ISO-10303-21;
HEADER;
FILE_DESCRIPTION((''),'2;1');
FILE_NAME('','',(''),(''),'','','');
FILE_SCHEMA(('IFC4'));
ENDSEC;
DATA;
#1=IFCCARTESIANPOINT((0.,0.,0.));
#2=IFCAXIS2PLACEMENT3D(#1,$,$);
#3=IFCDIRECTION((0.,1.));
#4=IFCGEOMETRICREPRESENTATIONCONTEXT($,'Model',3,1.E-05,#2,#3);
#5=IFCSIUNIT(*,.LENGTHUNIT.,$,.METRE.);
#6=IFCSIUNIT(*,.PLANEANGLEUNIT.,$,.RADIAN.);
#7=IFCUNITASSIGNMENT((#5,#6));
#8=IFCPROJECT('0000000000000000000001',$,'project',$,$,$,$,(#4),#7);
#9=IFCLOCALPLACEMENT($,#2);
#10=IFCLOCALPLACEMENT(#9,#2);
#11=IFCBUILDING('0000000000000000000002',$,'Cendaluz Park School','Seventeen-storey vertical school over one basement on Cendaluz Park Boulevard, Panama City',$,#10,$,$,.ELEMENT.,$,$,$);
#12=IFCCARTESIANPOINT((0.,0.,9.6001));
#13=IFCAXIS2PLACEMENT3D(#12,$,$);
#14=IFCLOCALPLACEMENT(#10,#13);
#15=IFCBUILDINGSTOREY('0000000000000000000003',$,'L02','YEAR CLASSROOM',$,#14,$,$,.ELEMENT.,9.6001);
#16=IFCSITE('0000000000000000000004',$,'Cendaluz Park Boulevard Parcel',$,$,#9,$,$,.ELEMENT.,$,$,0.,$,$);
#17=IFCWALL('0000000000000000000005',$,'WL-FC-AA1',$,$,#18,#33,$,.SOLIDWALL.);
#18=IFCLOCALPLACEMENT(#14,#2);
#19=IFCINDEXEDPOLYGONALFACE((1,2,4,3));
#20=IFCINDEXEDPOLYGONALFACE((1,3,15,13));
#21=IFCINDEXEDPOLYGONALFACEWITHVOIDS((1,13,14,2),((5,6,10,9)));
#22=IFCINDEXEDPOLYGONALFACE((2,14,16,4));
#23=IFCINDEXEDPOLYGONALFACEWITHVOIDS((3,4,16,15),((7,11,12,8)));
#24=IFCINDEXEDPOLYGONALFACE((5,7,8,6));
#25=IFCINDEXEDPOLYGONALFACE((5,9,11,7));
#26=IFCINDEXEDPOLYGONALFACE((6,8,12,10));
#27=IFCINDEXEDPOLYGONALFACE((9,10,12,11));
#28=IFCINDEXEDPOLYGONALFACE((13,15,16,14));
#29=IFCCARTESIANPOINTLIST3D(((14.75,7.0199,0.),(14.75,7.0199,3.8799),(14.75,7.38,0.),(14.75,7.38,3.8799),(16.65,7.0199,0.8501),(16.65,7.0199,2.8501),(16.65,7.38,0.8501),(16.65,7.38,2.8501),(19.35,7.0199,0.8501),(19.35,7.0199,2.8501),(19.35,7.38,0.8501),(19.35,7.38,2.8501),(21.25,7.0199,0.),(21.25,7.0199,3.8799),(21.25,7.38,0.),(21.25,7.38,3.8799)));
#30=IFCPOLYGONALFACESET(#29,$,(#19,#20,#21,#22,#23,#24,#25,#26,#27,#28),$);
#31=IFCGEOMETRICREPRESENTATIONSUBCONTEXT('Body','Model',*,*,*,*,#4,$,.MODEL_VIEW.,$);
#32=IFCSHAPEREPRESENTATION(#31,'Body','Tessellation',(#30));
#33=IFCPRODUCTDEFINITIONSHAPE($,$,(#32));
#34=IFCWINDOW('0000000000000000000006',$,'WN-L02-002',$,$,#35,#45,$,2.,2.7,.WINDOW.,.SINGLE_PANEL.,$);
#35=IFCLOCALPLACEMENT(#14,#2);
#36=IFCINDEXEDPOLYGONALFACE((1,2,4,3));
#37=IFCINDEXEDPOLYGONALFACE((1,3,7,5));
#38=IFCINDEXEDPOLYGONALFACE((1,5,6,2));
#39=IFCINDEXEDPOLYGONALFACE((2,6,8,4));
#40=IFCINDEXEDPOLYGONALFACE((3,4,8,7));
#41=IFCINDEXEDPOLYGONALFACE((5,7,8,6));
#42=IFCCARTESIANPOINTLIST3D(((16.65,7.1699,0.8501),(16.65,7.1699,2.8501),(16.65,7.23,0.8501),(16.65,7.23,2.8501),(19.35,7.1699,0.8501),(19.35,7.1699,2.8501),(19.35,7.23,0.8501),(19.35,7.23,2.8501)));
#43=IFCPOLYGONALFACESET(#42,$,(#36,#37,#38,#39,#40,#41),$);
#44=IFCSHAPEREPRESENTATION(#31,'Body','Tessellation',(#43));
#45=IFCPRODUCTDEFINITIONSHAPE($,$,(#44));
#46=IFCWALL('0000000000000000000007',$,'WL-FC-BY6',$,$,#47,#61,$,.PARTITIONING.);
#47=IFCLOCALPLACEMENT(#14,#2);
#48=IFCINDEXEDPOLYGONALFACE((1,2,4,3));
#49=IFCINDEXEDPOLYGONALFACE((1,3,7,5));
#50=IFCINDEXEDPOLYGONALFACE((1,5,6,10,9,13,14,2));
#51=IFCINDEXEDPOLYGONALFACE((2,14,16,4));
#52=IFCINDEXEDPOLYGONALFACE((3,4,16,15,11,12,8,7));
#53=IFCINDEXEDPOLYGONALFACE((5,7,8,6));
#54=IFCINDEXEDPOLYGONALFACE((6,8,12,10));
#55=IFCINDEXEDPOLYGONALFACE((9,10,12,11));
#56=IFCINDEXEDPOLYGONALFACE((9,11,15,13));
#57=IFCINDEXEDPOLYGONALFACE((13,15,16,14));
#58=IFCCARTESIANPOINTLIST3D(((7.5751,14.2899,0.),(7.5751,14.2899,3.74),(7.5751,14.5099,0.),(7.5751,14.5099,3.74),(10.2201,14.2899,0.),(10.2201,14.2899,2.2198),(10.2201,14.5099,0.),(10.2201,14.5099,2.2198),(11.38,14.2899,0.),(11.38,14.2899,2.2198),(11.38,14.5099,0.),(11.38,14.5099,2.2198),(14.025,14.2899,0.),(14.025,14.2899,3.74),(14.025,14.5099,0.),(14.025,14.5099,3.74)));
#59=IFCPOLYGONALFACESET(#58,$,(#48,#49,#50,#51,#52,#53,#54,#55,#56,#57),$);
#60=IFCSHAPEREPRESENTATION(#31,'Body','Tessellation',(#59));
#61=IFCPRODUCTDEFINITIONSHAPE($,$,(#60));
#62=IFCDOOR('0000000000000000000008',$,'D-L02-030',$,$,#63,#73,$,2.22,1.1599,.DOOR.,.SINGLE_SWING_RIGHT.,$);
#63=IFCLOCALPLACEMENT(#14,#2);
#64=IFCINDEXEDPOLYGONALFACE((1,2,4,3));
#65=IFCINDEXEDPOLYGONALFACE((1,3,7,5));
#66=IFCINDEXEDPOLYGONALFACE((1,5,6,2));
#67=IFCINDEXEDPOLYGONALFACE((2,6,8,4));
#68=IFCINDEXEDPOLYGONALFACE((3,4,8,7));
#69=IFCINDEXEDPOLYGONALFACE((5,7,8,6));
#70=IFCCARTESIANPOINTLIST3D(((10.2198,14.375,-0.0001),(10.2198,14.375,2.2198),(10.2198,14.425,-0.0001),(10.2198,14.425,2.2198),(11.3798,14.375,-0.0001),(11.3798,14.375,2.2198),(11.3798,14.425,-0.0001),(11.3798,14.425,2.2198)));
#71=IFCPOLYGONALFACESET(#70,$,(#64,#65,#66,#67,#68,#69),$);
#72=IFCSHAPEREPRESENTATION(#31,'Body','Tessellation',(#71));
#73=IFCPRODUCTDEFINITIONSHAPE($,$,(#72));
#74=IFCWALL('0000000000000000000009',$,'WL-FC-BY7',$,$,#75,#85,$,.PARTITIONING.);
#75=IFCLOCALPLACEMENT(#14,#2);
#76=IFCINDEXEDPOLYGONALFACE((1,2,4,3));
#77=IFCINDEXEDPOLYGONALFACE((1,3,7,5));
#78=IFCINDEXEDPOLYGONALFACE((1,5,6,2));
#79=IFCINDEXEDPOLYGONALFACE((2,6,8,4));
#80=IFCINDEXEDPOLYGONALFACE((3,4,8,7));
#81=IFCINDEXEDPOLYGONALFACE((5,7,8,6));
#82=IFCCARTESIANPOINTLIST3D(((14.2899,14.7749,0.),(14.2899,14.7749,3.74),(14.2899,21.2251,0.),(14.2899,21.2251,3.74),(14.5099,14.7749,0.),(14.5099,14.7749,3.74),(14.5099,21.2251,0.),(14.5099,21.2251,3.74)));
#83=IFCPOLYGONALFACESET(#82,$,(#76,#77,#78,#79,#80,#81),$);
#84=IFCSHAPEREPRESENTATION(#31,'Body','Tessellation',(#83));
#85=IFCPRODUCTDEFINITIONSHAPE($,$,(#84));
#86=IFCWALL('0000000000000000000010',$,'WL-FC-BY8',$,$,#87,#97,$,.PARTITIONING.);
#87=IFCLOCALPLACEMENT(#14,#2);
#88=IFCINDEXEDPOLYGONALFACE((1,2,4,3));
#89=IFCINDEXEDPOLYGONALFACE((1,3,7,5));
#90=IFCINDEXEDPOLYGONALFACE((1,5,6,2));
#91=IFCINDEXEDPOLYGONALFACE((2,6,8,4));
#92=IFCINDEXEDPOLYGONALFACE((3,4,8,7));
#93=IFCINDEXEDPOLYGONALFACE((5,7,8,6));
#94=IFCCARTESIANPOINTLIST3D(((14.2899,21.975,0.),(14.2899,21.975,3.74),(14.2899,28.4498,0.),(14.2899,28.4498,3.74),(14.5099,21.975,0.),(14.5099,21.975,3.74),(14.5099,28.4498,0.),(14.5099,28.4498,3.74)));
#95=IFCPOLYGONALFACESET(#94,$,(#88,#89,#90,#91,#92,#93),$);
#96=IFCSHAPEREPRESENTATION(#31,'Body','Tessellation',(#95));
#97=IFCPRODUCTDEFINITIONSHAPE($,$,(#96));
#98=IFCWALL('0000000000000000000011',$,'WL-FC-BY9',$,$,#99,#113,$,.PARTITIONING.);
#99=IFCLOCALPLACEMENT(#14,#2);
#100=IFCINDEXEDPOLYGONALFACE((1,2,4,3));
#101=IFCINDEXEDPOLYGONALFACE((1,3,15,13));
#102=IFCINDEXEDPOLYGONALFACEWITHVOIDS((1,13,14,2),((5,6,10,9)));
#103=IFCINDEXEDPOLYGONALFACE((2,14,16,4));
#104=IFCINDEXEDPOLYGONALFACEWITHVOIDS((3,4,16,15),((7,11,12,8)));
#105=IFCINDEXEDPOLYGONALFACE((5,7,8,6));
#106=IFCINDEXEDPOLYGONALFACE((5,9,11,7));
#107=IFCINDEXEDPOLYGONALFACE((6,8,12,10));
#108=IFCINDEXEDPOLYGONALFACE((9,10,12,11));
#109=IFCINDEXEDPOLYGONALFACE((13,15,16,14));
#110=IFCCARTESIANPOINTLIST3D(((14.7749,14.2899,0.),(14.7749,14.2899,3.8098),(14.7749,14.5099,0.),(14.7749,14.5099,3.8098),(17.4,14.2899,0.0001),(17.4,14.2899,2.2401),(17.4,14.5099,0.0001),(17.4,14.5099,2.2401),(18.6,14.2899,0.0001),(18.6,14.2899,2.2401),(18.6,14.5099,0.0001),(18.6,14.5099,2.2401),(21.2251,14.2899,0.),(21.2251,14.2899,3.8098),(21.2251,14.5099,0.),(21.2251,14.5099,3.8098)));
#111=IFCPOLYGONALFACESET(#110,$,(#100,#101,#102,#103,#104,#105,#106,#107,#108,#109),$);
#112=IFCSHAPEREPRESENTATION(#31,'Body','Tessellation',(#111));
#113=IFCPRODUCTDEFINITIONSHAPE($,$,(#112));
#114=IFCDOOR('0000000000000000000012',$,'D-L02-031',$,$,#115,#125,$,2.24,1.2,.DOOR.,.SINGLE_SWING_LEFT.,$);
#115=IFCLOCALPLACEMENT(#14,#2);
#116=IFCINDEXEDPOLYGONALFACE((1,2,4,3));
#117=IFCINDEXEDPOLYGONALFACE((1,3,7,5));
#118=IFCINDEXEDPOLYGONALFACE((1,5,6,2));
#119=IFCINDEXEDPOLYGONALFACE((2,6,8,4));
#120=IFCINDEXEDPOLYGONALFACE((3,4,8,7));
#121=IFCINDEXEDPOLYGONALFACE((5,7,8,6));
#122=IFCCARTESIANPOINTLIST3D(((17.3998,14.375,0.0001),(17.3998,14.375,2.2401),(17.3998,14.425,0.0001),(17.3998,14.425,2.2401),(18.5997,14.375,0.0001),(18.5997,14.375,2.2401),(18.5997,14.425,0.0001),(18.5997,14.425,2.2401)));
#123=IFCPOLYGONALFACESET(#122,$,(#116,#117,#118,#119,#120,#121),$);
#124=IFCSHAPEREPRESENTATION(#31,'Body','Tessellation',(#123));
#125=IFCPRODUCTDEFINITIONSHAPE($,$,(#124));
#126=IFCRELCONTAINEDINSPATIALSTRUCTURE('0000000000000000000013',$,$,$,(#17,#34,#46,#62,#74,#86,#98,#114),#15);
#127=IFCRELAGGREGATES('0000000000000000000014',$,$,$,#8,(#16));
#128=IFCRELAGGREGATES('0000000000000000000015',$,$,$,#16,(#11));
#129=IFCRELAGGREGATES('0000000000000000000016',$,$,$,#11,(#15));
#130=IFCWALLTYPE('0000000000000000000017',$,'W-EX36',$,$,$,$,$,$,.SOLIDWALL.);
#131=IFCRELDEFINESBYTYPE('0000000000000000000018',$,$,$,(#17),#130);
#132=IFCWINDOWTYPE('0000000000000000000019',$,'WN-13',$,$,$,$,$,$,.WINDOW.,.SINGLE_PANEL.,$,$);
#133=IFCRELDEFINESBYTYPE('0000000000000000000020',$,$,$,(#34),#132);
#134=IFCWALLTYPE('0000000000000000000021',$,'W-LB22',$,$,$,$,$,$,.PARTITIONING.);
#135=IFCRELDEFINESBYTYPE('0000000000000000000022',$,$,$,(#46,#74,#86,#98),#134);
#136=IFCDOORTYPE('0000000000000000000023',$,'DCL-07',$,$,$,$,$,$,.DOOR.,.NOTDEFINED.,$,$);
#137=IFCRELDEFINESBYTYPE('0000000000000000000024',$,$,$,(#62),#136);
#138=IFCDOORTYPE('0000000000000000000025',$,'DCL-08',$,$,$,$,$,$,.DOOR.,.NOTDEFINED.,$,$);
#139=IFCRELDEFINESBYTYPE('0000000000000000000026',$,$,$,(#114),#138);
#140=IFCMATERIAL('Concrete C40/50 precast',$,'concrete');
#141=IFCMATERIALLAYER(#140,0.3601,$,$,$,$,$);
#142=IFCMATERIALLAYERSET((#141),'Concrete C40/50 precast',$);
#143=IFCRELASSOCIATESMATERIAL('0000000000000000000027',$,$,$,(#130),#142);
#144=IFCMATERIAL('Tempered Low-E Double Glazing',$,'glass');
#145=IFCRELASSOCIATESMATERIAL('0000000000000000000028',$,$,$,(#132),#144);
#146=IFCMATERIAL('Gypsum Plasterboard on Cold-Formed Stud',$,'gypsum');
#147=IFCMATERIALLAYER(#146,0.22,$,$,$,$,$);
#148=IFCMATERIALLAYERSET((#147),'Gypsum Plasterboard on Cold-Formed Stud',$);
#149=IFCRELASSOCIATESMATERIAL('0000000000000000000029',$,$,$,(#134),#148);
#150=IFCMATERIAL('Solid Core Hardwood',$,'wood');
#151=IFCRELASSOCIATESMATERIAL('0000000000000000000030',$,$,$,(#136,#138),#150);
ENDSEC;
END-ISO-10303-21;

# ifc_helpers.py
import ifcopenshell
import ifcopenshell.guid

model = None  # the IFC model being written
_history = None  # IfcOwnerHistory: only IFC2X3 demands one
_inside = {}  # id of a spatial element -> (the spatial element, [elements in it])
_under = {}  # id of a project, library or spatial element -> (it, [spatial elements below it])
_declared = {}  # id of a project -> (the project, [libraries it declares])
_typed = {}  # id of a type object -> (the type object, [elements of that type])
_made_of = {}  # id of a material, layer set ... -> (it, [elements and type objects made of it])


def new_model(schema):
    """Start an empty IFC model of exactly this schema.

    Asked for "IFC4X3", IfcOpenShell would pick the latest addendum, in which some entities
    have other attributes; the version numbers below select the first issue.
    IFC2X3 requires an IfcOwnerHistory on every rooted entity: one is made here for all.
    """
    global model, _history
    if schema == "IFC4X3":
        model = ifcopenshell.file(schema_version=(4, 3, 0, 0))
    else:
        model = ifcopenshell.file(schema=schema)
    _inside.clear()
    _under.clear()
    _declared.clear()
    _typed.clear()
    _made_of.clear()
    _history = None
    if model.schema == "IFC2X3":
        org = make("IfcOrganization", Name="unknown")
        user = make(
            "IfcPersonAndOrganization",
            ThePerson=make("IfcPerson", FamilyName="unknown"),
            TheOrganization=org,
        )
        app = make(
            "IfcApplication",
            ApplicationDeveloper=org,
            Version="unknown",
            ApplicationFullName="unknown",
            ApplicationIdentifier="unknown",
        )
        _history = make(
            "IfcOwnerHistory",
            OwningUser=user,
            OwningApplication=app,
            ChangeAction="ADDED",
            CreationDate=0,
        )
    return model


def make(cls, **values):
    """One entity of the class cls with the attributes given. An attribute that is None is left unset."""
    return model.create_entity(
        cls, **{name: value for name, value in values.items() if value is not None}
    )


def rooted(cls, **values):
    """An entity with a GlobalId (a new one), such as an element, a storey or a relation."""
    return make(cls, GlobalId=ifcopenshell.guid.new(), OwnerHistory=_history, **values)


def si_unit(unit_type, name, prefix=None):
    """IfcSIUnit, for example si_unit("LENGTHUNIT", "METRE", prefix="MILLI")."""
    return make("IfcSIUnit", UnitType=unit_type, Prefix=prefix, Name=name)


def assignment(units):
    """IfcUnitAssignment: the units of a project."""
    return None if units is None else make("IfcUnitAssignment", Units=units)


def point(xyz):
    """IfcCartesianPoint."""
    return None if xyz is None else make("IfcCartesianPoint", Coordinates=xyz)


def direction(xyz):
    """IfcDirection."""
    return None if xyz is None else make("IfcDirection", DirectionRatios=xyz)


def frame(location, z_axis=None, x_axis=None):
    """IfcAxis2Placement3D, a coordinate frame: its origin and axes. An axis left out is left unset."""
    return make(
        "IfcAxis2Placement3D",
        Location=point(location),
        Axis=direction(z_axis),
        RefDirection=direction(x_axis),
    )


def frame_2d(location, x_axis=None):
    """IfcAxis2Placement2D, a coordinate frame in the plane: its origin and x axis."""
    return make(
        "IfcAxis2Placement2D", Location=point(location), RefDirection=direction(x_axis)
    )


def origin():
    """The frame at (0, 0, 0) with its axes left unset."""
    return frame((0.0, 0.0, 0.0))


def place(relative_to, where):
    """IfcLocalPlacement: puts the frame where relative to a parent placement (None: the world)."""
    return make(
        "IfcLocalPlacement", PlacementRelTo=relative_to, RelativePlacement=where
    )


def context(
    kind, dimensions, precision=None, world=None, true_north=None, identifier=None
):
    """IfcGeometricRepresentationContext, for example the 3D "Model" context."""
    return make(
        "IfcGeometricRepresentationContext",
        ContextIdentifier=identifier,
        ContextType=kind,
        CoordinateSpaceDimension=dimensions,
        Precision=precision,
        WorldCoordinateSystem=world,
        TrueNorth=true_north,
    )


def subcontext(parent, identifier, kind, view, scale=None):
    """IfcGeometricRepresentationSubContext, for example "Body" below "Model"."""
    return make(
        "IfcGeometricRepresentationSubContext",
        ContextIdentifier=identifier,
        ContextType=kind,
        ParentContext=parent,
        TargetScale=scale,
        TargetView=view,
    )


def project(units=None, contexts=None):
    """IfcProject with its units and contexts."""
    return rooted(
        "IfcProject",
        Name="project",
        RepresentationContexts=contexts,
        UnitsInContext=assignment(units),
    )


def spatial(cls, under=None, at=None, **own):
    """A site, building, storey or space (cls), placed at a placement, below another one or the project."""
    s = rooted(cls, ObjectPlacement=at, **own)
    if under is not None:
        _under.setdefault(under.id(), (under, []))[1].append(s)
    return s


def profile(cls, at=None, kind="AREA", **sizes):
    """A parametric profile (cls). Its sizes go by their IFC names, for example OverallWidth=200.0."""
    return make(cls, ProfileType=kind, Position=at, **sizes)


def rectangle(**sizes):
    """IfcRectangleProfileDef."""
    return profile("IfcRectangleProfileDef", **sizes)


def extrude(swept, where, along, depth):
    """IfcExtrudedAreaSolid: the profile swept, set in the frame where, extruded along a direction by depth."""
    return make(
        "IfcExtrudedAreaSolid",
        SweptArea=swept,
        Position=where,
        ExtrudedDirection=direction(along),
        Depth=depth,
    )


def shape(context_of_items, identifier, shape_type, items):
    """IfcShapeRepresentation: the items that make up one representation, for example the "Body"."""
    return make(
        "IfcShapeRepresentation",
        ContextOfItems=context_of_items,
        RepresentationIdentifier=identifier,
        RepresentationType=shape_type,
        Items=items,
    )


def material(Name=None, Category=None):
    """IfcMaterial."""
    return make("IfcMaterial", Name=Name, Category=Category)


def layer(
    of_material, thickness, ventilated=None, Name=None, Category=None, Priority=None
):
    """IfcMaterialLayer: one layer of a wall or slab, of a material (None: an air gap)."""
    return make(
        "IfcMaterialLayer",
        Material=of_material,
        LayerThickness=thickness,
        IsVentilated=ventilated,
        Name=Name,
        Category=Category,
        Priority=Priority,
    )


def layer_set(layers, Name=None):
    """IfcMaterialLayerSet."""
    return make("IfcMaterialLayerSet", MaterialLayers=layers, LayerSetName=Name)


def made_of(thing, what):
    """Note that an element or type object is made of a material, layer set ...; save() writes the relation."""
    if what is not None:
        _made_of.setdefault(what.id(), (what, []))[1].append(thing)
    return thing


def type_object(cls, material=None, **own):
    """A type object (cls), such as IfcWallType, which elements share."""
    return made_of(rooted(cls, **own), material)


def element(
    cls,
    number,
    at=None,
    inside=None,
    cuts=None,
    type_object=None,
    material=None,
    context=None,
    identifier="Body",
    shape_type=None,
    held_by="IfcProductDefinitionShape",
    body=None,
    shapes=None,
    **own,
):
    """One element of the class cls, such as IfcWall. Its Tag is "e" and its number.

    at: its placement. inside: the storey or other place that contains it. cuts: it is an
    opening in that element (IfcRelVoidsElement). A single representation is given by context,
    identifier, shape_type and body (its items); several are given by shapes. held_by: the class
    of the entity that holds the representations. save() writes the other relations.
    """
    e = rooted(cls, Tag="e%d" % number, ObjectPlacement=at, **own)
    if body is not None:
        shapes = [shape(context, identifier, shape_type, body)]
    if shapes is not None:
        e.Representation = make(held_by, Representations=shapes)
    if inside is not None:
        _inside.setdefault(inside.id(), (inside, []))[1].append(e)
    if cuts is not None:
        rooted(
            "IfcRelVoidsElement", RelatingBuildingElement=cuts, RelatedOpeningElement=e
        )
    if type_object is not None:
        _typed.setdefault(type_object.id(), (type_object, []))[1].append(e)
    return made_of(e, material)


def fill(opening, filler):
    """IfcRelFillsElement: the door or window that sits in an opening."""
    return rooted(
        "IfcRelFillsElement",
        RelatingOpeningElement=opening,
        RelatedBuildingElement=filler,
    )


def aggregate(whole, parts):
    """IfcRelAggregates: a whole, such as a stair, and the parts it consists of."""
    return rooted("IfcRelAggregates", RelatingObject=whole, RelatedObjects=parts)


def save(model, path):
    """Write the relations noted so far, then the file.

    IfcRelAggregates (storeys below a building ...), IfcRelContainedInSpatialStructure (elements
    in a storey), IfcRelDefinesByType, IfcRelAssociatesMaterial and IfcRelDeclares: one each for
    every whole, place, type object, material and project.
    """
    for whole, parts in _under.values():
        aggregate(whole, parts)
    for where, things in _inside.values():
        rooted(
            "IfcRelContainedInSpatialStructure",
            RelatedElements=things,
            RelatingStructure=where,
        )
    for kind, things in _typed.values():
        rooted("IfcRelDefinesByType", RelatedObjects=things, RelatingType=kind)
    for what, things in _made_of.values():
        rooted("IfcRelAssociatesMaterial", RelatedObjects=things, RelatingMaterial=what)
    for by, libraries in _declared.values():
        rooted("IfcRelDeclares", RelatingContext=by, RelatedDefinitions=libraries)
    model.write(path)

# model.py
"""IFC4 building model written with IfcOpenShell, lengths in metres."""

from ifc_helpers import new_model, si_unit, direction, frame, frame_2d, origin, place, context, subcontext, project, spatial, rectangle, extrude, material, layer, layer_set, type_object, element, fill, save


model = new_model("IFC4")

# Units and contexts
model_context = context("Model", 3, precision=1e-05, world=origin(), true_north=direction((0.0, 1.0)))
body_context = subcontext(model_context, "Body", "Model", "MODEL_VIEW")
ifc_project = project(units=[si_unit("LENGTHUNIT", "METRE"), si_unit("PLANEANGLEUNIT", "RADIAN")], contexts=[model_context])

# Site, building, storey
site_placement = place(None, origin())
site = spatial("IfcSite", under=ifc_project, at=site_placement, Name="Cendaluz Park Boulevard Parcel", CompositionType="ELEMENT", RefElevation=0.0)
building_placement = place(site_placement, origin())
building = spatial("IfcBuilding", under=site, at=building_placement, Name="Cendaluz Park School", Description="Seventeen-storey vertical school over one basement on Cendaluz Park Boulevard, Panama City", CompositionType="ELEMENT")
storey_placement = place(building_placement, frame((0.0, 0.0, 9.6001)))
storey = spatial("IfcBuildingStorey", under=building, at=storey_placement, Name="L02", Description="YEAR CLASSROOM", CompositionType="ELEMENT", Elevation=9.6001)

# Wall, opening, window
ifc_material_1 = material(Name="Concrete C40/50 precast", Category="concrete")
ifc_layer_1 = layer(ifc_material_1, 0.3601)
ifc_layer_set_1 = layer_set([ifc_layer_1], Name="Concrete C40/50 precast")
wall_type_1 = type_object("IfcWallType", Name="W-EX36", PredefinedType="SOLIDWALL", material=ifc_layer_set_1)
wall_1_placement = place(storey_placement, frame((14.75, 7.2, 0.0), z_axis=(0.0, 0.0, 1.0), x_axis=(1.0, 0.0, 0.0)))
wall_1 = element("IfcWall", 1, at=wall_1_placement, inside=storey, type_object=wall_type_1, Name="WL-FC-AA1", PredefinedType="SOLIDWALL", context=body_context, shape_type="SweptSolid", body=[
    extrude(rectangle(XDim=6.5, YDim=0.3601, at=frame_2d((3.25, 0.0))), origin(), (0.0, 0.0, 1.0), 3.8799),
])
opening_1_placement = place(wall_1_placement, frame((1.8999, 0.0, 0.8501)))
opening_1 = element("IfcOpeningElement", 2, at=opening_1_placement, cuts=wall_1, PredefinedType="OPENING", context=body_context, shape_type="SweptSolid", body=[
    extrude(rectangle(XDim=2.7, YDim=2.0, at=frame_2d((1.3501, 1.0))), frame((0.0, 0.1921, 0.0), z_axis=(0.0, -1.0, 0.0), x_axis=(1.0, 0.0, 0.0)), (0.0, 0.0, 1.0), 0.384),
])
ifc_material_2 = material(Name="Tempered Low-E Double Glazing", Category="glass")
window_type = type_object("IfcWindowType", Name="WN-13", PartitioningType="SINGLE_PANEL", PredefinedType="WINDOW", material=ifc_material_2)
window_placement = place(opening_1_placement, origin())
window = element("IfcWindow", 3, at=window_placement, inside=storey, type_object=window_type, Name="WN-L02-002", OverallHeight=2.0, OverallWidth=2.7, PartitioningType="SINGLE_PANEL", PredefinedType="WINDOW", context=body_context, shape_type="SweptSolid", body=[
    extrude(rectangle(XDim=2.7, YDim=2.0, at=frame_2d((1.3501, 1.0))), frame((0.0, 0.03, 0.0), z_axis=(0.0, -1.0, 0.0), x_axis=(1.0, 0.0, 0.0)), (0.0, 0.0, 1.0), 0.0601),
])
fill(opening_1, window)

# Wall, opening, door
ifc_material_3 = material(Name="Gypsum Plasterboard on Cold-Formed Stud", Category="gypsum")
ifc_layer_2 = layer(ifc_material_3, 0.22)
ifc_layer_set_2 = layer_set([ifc_layer_2], Name="Gypsum Plasterboard on Cold-Formed Stud")
wall_type_2 = type_object("IfcWallType", Name="W-LB22", PredefinedType="PARTITIONING", material=ifc_layer_set_2)
wall_2_placement = place(storey_placement, frame((7.575, 14.3999, 0.0), z_axis=(0.0, 0.0, 1.0), x_axis=(1.0, 0.0, 0.0)))
wall_2 = element("IfcWall", 4, at=wall_2_placement, inside=storey, type_object=wall_type_2, Name="WL-FC-BY6", PredefinedType="PARTITIONING", context=body_context, shape_type="SweptSolid", body=[
    extrude(rectangle(XDim=6.45, YDim=0.22, at=frame_2d((3.2251, 0.0))), origin(), (0.0, 0.0, 1.0), 3.74),
])
opening_2_placement = place(wall_2_placement, frame((2.645, 0.0, 0.0)))
opening_2 = element("IfcOpeningElement", 5, at=opening_2_placement, cuts=wall_2, PredefinedType="OPENING", context=body_context, shape_type="SweptSolid", body=[
    extrude(rectangle(XDim=1.1599, YDim=2.22, at=frame_2d((0.5801, 1.1099))), frame((0.0, 0.1221, 0.0), z_axis=(0.0, -1.0, 0.0), x_axis=(1.0, 0.0, 0.0)), (0.0, 0.0, 1.0), 0.2439),
])
ifc_material_4 = material(Name="Solid Core Hardwood", Category="wood")
door_type_1 = type_object("IfcDoorType", Name="DCL-07", OperationType="NOTDEFINED", PredefinedType="DOOR", material=ifc_material_4)
door_1_placement = place(opening_2_placement, frame((1.1599, 0.0, 0.0), z_axis=(0.0, 0.0, 1.0), x_axis=(-1.0, 0.0, 0.0)))
door_1 = element("IfcDoor", 6, at=door_1_placement, inside=storey, type_object=door_type_1, Name="D-L02-030", OperationType="SINGLE_SWING_RIGHT", OverallHeight=2.22, OverallWidth=1.1599, PredefinedType="DOOR", context=body_context, shape_type="SweptSolid", body=[
    extrude(rectangle(XDim=1.1599, YDim=2.22, at=frame_2d((0.5801, 1.1099))), frame((0.0, 0.0249, 0.0), z_axis=(0.0, -1.0, 0.0), x_axis=(1.0, 0.0, 0.0)), (0.0, 0.0, 1.0), 0.05),
])
fill(opening_2, door_1)

# Walls
wall_3_placement = place(storey_placement, frame((14.3999, 14.7749, 0.0), z_axis=(0.0, 0.0, 1.0), x_axis=(0.0, 1.0, 0.0)))
element("IfcWall", 7, at=wall_3_placement, inside=storey, type_object=wall_type_2, Name="WL-FC-BY7", PredefinedType="PARTITIONING", context=body_context, shape_type="SweptSolid", body=[
    extrude(rectangle(XDim=6.4502, YDim=0.22, at=frame_2d((3.2251, 0.0))), origin(), (0.0, 0.0, 1.0), 3.74),
])
wall_4_placement = place(storey_placement, frame((14.3999, 21.9751, 0.0), z_axis=(0.0, 0.0, 1.0), x_axis=(0.0, 1.0, 0.0)))
element("IfcWall", 8, at=wall_4_placement, inside=storey, type_object=wall_type_2, Name="WL-FC-BY8", PredefinedType="PARTITIONING", context=body_context, shape_type="SweptSolid", body=[
    extrude(rectangle(XDim=6.4749, YDim=0.22, at=frame_2d((3.2373, 0.0))), origin(), (0.0, 0.0, 1.0), 3.74),
])

# Wall, opening, door
wall_5_placement = place(storey_placement, frame((14.7749, 14.3999, 0.0), z_axis=(0.0, 0.0, 1.0), x_axis=(1.0, 0.0, 0.0)))
wall_5 = element("IfcWall", 9, at=wall_5_placement, inside=storey, type_object=wall_type_2, Name="WL-FC-BY9", PredefinedType="PARTITIONING", context=body_context, shape_type="SweptSolid", body=[
    extrude(rectangle(XDim=6.4502, YDim=0.22, at=frame_2d((3.2251, 0.0))), origin(), (0.0, 0.0, 1.0), 3.8098),
])
opening_3_placement = place(wall_5_placement, frame((2.625, 0.0, 0.0)))
opening_3 = element("IfcOpeningElement", 10, at=opening_3_placement, cuts=wall_5, PredefinedType="OPENING", context=body_context, shape_type="SweptSolid", body=[
    extrude(rectangle(XDim=1.2, YDim=2.24, at=frame_2d((0.6001, 1.1201))), frame((0.0, 0.1221, 0.0), z_axis=(0.0, -1.0, 0.0), x_axis=(1.0, 0.0, 0.0)), (0.0, 0.0, 1.0), 0.2439),
])
door_type_2 = type_object("IfcDoorType", Name="DCL-08", OperationType="NOTDEFINED", PredefinedType="DOOR", material=ifc_material_4)
door_2_placement = place(opening_3_placement, frame((1.2, 0.0, 0.0), z_axis=(0.0, 0.0, 1.0), x_axis=(-1.0, 0.0, 0.0)))
door_2 = element("IfcDoor", 11, at=door_2_placement, inside=storey, type_object=door_type_2, Name="D-L02-031", OperationType="SINGLE_SWING_LEFT", OverallHeight=2.24, OverallWidth=1.2, PredefinedType="DOOR", context=body_context, shape_type="SweptSolid", body=[
    extrude(rectangle(XDim=1.2, YDim=2.24, at=frame_2d((0.6001, 1.1201))), frame((0.0, 0.0249, 0.0), z_axis=(0.0, -1.0, 0.0), x_axis=(1.0, 0.0, 0.0)), (0.0, 0.0, 1.0), 0.05),
])
fill(opening_3, door_2)

save(model, "model.ifc")
